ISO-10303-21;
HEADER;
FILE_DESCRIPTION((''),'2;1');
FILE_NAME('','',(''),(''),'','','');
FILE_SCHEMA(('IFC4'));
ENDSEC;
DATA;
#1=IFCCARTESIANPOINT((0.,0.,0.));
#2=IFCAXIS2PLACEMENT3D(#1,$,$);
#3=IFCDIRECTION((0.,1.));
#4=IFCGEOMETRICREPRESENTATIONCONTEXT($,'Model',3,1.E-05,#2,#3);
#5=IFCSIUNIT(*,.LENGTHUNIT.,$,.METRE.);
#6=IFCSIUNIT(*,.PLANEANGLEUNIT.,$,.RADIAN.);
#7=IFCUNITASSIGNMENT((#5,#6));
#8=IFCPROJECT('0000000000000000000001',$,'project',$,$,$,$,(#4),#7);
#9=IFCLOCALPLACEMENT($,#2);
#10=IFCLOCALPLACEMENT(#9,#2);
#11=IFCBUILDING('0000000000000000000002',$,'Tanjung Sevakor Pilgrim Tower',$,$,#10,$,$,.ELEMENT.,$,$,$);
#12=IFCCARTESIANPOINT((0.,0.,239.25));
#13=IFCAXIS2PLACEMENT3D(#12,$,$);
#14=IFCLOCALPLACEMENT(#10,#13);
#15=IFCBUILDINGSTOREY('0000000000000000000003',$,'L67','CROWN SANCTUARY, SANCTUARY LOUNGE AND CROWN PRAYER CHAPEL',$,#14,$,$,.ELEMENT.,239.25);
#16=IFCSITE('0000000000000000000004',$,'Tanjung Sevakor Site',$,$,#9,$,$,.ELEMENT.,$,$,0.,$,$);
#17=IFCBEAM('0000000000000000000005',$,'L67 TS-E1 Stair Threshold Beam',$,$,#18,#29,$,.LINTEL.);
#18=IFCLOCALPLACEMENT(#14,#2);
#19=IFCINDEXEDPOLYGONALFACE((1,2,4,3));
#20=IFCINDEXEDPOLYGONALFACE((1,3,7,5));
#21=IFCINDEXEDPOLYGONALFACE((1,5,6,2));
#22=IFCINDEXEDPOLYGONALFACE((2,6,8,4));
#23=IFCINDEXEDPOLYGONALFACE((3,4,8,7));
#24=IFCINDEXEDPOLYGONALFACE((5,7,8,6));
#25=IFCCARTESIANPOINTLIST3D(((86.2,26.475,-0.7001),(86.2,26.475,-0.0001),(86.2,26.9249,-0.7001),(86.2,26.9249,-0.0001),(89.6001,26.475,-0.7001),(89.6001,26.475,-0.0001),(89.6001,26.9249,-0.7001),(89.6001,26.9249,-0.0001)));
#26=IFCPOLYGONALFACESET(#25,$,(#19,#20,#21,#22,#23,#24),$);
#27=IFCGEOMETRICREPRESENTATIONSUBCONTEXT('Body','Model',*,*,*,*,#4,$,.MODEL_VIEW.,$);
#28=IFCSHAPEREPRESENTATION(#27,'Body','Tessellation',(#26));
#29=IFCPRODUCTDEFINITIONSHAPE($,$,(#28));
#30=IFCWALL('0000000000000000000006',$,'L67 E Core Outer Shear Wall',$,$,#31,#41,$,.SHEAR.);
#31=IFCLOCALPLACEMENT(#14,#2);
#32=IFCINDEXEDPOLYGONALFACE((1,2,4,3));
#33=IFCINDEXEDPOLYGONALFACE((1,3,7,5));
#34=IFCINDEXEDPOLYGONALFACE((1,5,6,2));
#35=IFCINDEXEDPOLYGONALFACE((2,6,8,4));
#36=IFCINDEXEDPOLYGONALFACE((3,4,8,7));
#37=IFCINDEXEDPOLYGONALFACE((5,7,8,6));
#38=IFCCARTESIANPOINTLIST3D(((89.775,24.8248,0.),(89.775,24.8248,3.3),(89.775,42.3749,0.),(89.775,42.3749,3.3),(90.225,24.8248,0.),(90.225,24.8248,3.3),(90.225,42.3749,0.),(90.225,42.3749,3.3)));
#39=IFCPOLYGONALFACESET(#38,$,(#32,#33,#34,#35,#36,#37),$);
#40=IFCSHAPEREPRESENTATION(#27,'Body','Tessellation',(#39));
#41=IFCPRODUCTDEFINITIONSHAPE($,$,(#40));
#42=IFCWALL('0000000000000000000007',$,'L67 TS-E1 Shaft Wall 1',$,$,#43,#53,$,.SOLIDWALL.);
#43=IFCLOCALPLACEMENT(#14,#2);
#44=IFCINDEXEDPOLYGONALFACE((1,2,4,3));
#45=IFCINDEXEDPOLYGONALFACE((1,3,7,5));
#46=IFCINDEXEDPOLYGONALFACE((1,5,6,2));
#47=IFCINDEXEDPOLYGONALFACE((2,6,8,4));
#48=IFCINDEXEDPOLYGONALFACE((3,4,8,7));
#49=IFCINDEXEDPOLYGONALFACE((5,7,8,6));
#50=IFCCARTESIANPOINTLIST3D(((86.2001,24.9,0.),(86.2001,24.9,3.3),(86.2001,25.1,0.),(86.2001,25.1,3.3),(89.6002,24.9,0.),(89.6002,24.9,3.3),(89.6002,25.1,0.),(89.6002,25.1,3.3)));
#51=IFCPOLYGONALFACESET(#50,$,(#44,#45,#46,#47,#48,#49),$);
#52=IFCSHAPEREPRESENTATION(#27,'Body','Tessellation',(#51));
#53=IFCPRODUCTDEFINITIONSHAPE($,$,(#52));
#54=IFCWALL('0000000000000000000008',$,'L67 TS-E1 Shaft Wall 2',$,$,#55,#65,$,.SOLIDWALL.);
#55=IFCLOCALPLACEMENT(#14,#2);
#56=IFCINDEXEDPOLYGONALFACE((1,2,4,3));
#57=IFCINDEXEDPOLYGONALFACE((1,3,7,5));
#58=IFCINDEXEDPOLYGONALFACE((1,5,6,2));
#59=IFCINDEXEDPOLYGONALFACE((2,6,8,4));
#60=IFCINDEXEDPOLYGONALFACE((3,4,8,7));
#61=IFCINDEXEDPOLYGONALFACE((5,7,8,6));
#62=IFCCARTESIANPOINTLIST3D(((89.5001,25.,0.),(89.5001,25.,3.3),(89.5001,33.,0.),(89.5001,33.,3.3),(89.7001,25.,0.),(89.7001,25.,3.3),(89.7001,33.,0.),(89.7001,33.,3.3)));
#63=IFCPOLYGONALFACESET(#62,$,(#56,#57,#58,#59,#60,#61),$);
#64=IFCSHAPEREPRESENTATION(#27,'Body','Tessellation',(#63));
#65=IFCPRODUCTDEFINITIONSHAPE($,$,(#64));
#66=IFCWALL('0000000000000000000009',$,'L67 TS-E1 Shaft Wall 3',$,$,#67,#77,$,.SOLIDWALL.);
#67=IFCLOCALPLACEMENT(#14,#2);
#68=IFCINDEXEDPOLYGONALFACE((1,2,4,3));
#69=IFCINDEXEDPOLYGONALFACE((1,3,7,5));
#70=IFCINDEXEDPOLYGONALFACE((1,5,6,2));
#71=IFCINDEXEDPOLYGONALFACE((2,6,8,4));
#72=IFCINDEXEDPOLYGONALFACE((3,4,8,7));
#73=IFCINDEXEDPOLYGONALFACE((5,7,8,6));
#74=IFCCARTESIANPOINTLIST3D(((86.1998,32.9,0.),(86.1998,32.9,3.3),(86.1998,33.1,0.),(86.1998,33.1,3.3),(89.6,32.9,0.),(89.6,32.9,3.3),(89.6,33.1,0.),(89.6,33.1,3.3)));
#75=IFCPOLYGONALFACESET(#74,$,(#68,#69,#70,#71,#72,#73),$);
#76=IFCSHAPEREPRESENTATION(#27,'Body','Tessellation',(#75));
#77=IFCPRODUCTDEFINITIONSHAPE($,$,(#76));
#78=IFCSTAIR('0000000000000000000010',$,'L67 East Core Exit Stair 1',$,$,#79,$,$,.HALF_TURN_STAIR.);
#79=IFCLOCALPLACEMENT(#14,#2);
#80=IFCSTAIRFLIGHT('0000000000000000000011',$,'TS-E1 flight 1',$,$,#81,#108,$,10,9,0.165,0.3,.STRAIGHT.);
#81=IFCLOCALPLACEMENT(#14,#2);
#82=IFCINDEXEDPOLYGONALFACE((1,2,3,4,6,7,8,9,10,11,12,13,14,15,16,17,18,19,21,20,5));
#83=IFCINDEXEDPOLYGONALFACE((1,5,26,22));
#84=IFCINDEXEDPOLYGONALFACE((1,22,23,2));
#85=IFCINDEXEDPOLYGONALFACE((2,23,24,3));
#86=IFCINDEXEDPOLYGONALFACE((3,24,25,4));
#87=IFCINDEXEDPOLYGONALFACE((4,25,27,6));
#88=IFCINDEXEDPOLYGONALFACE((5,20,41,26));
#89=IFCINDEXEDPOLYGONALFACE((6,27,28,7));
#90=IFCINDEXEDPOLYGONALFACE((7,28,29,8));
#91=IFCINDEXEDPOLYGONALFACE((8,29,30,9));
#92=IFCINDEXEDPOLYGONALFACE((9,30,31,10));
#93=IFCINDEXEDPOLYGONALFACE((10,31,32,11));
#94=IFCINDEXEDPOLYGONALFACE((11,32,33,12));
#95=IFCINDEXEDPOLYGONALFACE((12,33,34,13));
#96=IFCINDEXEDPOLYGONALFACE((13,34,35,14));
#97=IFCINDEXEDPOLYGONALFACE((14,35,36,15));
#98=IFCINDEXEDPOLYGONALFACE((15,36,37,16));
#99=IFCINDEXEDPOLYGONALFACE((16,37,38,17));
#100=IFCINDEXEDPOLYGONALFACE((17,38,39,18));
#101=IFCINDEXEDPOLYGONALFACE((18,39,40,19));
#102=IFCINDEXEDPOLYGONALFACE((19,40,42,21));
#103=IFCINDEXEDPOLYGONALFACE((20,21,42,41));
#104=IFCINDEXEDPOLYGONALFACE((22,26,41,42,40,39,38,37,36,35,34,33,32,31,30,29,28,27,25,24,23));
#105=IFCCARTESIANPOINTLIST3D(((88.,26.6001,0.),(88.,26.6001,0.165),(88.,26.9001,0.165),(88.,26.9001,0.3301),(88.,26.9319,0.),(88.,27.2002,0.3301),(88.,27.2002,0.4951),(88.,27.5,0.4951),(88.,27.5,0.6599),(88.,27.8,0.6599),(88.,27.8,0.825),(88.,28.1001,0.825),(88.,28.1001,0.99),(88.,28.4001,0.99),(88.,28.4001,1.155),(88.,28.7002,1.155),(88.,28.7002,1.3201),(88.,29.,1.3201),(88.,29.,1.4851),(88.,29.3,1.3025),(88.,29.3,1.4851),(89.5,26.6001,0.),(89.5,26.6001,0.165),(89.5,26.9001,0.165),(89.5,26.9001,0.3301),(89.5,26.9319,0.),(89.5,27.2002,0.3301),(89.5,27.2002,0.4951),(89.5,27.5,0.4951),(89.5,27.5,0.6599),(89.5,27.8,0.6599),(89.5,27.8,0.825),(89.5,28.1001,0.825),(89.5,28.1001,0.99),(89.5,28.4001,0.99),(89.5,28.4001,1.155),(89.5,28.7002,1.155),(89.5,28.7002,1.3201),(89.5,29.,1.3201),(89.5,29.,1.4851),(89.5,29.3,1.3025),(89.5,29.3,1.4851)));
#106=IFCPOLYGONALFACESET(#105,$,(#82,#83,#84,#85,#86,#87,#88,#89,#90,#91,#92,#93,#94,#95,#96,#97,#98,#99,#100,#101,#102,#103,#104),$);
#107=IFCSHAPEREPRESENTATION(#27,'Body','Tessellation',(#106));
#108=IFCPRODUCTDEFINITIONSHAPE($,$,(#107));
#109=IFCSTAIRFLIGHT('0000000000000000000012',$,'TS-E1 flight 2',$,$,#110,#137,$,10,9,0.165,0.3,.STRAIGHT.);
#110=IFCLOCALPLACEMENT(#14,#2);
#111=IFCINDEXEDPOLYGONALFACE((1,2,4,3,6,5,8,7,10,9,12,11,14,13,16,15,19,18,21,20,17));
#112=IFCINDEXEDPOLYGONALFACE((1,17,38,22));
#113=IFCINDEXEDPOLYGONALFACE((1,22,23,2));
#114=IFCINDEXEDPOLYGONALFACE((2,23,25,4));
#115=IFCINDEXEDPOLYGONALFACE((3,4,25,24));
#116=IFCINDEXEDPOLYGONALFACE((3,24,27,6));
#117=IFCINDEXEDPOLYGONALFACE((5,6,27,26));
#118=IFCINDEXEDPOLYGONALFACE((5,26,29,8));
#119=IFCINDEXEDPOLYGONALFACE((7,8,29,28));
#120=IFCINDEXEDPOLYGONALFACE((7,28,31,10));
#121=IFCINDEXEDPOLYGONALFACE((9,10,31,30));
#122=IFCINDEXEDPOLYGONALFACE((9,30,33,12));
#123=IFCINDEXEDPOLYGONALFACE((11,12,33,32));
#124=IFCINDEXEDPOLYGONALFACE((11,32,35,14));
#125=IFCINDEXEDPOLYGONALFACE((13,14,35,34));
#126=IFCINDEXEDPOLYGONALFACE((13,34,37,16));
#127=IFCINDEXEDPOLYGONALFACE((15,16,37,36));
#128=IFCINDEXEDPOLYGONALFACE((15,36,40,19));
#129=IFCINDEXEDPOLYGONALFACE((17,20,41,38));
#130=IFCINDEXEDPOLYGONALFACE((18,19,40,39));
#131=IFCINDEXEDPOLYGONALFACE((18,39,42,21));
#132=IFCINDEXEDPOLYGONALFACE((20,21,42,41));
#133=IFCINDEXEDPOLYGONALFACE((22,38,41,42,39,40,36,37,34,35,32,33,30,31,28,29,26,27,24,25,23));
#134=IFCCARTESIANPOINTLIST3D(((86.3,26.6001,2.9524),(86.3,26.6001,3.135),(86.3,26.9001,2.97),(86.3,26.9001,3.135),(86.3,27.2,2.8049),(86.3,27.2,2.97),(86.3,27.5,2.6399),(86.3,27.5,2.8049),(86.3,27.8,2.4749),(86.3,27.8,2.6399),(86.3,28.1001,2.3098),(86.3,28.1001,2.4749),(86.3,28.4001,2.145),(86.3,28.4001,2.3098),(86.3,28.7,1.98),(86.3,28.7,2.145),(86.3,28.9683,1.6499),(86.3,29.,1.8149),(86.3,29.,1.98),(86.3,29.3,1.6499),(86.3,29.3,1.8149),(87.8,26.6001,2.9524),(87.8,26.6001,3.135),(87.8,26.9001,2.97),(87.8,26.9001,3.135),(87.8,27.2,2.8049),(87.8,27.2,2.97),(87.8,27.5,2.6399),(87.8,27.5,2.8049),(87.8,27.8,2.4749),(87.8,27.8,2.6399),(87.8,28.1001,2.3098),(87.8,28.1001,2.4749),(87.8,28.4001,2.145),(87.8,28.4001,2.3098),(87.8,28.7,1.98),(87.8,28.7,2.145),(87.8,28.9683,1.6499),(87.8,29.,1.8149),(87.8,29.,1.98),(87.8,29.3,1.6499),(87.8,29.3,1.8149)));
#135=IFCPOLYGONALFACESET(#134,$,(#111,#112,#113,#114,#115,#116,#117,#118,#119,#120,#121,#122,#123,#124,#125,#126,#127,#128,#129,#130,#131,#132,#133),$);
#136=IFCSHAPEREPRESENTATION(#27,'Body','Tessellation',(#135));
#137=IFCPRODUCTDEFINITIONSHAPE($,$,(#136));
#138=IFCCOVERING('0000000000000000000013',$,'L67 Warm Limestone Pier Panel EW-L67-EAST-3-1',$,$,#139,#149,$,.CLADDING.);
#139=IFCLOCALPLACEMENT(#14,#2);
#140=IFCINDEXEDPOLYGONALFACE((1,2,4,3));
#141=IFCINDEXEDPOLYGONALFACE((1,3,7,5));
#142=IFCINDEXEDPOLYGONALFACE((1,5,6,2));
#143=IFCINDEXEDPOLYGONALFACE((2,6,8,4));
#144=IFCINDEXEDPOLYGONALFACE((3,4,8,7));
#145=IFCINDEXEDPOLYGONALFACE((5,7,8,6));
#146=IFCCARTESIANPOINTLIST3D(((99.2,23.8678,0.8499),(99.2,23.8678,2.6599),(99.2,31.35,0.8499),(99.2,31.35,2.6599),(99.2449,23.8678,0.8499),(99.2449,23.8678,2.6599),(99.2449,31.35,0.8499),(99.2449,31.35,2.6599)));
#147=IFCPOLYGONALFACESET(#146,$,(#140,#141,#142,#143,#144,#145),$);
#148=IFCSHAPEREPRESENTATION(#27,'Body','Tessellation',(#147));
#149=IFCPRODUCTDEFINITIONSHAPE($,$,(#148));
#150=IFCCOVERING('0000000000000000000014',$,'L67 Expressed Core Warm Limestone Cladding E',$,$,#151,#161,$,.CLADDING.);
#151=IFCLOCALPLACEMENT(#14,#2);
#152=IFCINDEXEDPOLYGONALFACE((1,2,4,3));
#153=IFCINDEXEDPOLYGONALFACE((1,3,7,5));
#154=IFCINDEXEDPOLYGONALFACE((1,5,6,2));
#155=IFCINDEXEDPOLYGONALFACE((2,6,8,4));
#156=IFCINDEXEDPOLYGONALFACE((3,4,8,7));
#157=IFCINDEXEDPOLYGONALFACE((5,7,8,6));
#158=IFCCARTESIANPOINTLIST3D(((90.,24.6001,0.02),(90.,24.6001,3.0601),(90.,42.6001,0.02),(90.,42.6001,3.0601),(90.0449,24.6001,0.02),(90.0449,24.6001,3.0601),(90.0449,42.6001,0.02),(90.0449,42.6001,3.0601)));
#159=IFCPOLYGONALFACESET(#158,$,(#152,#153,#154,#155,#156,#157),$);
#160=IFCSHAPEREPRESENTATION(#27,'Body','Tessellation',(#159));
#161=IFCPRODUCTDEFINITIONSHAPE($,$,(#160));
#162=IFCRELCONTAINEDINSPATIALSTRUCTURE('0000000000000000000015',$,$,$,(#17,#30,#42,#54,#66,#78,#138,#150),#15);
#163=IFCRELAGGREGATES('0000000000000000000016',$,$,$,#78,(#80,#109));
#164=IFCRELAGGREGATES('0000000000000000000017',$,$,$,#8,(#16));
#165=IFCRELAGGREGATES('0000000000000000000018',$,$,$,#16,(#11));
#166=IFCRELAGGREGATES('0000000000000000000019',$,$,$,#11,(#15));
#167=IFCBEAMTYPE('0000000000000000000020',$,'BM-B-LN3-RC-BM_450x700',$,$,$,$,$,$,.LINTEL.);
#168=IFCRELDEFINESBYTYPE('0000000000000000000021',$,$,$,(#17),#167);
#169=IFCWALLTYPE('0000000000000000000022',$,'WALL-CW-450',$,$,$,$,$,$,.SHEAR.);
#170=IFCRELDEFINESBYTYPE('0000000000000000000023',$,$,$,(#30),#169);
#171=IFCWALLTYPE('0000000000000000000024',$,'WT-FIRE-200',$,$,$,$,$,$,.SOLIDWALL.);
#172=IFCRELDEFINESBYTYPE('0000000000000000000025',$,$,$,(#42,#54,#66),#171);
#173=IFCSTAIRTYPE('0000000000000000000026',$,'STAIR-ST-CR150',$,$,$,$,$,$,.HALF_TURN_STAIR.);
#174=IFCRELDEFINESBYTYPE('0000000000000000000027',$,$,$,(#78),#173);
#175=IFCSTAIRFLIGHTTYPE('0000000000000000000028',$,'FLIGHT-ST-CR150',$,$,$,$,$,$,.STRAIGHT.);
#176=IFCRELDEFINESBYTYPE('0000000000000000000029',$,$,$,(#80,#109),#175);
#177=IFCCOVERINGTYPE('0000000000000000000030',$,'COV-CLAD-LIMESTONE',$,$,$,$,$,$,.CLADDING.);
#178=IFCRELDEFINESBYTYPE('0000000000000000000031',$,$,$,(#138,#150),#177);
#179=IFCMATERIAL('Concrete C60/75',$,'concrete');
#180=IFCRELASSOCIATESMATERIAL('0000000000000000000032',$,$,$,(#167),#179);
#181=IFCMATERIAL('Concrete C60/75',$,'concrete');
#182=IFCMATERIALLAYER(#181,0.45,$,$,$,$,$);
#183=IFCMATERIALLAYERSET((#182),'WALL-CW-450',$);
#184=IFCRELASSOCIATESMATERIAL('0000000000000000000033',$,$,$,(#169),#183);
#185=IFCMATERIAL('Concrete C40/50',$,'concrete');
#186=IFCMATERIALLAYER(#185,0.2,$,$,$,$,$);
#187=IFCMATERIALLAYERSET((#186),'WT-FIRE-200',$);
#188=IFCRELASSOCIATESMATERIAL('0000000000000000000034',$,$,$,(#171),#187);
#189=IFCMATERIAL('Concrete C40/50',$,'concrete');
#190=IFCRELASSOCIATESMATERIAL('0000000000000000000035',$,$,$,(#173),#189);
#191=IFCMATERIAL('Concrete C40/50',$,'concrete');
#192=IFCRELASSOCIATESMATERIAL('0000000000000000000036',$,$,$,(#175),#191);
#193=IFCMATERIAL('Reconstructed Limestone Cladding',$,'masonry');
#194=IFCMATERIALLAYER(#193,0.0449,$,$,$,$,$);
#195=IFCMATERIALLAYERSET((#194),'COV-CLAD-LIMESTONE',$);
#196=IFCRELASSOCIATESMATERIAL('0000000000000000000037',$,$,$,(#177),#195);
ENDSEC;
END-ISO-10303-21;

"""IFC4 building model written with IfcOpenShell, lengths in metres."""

from ifc_helpers import new_model, si_unit, direction, frame, frame_2d, origin, origin_2d, place, context, subcontext, project, spatial, polyline, rectangle, outline, extrude, material, layer, layer_set, material_profile, profile_set, type_object, element, aggregate, save


model = new_model("IFC4")

# Units and contexts
model_context = context("Model", 3, precision=1e-05, world=origin(), true_north=direction((0.0, 1.0)))
body_context = subcontext(model_context, "Body", "Model", "MODEL_VIEW")
ifc_project = project(units=[si_unit("LENGTHUNIT", "METRE"), si_unit("PLANEANGLEUNIT", "RADIAN")], contexts=[model_context])

# Site, building, storey
site_placement = place(None, origin())
site = spatial("IfcSite", under=ifc_project, at=site_placement, Name="Tanjung Sevakor Site", CompositionType="ELEMENT", RefElevation=0.0)
building_placement = place(site_placement, origin())
building = spatial("IfcBuilding", under=site, at=building_placement, Name="Tanjung Sevakor Pilgrim Tower", CompositionType="ELEMENT")
storey_placement = place(building_placement, frame((0.0, 0.0, 239.25)))
storey = spatial("IfcBuildingStorey", under=building, at=storey_placement, Name="L67", Description="CROWN SANCTUARY, SANCTUARY LOUNGE AND CROWN PRAYER CHAPEL", CompositionType="ELEMENT", Elevation=239.25)

# Beam
ifc_material_1 = material(Name="Concrete C60/75", Category="concrete")
ifc_material_profile = material_profile(ifc_material_1, rectangle(XDim=0.45, YDim=0.7, at=origin_2d()))
ifc_profile_set = profile_set([ifc_material_profile], Name="Concrete C60/75")
beam_type = type_object("IfcBeamType", Name="BM-B-LN3-RC-BM_450x700", PredefinedType="LINTEL", material=ifc_profile_set)
beam_placement = place(storey_placement, frame((86.2, 26.7, -0.3501), z_axis=(1.0, 0.0, 0.0), x_axis=(0.0, 1.0, 0.0)))
element("IfcBeam", 1, at=beam_placement, inside=storey, type_object=beam_type, Name="L67 TS-E1 Stair Threshold Beam", PredefinedType="LINTEL", context=body_context, shape_type="SweptSolid", body=[
    extrude(rectangle(XDim=0.45, YDim=0.7, at=origin_2d()), origin(), (0.0, 0.0, 1.0), 3.4001),
])

# Wall
ifc_material_2 = material(Name="Concrete C60/75", Category="concrete")
ifc_layer_1 = layer(ifc_material_2, 0.45)
ifc_layer_set_1 = layer_set([ifc_layer_1], Name="WALL-CW-450")
wall_type_1 = type_object("IfcWallType", Name="WALL-CW-450", PredefinedType="SHEAR", material=ifc_layer_set_1)
wall_1_placement = place(storey_placement, frame((90.0, 24.825, 0.0), z_axis=(0.0, 0.0, 1.0), x_axis=(0.0, 1.0, 0.0)))
element("IfcWall", 2, at=wall_1_placement, inside=storey, type_object=wall_type_1, Name="L67 E Core Outer Shear Wall", PredefinedType="SHEAR", context=body_context, shape_type="SweptSolid", body=[
    extrude(rectangle(XDim=17.55, YDim=0.45, at=frame_2d((8.7749, 0.0))), origin(), (0.0, 0.0, 1.0), 3.3),
])

# Walls
ifc_material_3 = material(Name="Concrete C40/50", Category="concrete")
ifc_layer_2 = layer(ifc_material_3, 0.2)
ifc_layer_set_2 = layer_set([ifc_layer_2], Name="WT-FIRE-200")
wall_type_2 = type_object("IfcWallType", Name="WT-FIRE-200", PredefinedType="SOLIDWALL", material=ifc_layer_set_2)
wall_2_placement = place(storey_placement, frame((86.2, 25.0, 0.0), z_axis=(0.0, 0.0, 1.0), x_axis=(1.0, 0.0, 0.0)))
element("IfcWall", 3, at=wall_2_placement, inside=storey, type_object=wall_type_2, Name="L67 TS-E1 Shaft Wall 1", PredefinedType="SOLIDWALL", context=body_context, shape_type="SweptSolid", body=[
    extrude(rectangle(XDim=3.4001, YDim=0.2, at=frame_2d((1.7002, 0.0))), origin(), (0.0, 0.0, 1.0), 3.3),
])
wall_3_placement = place(storey_placement, frame((89.6001, 25.0, 0.0), z_axis=(0.0, 0.0, 1.0), x_axis=(0.0, 1.0, 0.0)))
element("IfcWall", 4, at=wall_3_placement, inside=storey, type_object=wall_type_2, Name="L67 TS-E1 Shaft Wall 2", PredefinedType="SOLIDWALL", context=body_context, shape_type="SweptSolid", body=[
    extrude(rectangle(XDim=8.0, YDim=0.2, at=frame_2d((4.0, 0.0))), origin(), (0.0, 0.0, 1.0), 3.3),
])
wall_4_placement = place(storey_placement, frame((89.6001, 33.0, 0.0), z_axis=(0.0, 0.0, 1.0), x_axis=(-1.0, 0.0, 0.0)))
element("IfcWall", 5, at=wall_4_placement, inside=storey, type_object=wall_type_2, Name="L67 TS-E1 Shaft Wall 3", PredefinedType="SOLIDWALL", context=body_context, shape_type="SweptSolid", body=[
    extrude(rectangle(XDim=3.4001, YDim=0.2, at=frame_2d((1.7002, 0.0))), origin(), (0.0, 0.0, 1.0), 3.3),
])

# Stair, stair flights
ifc_material_4 = material(Name="Concrete C40/50", Category="concrete")
stair_type = type_object("IfcStairType", Name="STAIR-ST-CR150", PredefinedType="HALF_TURN_STAIR", material=ifc_material_4)
stair_placement = place(storey_placement, origin())
stair = element("IfcStair", 6, at=stair_placement, inside=storey, type_object=stair_type, Name="L67 East Core Exit Stair 1", PredefinedType="HALF_TURN_STAIR")
ifc_material_5 = material(Name="Concrete C40/50", Category="concrete")
stair_flight_type = type_object("IfcStairFlightType", Name="FLIGHT-ST-CR150", PredefinedType="STRAIGHT", material=ifc_material_5)
stair_flight_1_placement = place(storey_placement, frame((88.75, 26.6001, 0.0), z_axis=(0.0, 0.0, 1.0), x_axis=(0.0, 1.0, 0.0)))
stair_flight_1 = element("IfcStairFlight", 7, at=stair_flight_1_placement, type_object=stair_flight_type, Name="TS-E1 flight 1", NumberOfRisers=10, NumberOfTreads=9, PredefinedType="STRAIGHT", RiserHeight=0.165, TreadLength=0.3, context=body_context, shape_type="SweptSolid", body=[
    extrude(outline(polyline([(0.0, 0.0), (0.0, 0.165), (0.3, 0.165), (0.3, 0.3301), (0.6001, 0.3301), (0.6001, 0.4951), (0.8999, 0.4951), (0.8999, 0.6599), (1.2, 0.6599), (1.2, 0.825), (1.5, 0.825), (1.5, 0.99), (1.8, 0.99), (1.8, 1.155), (2.1001, 1.155), (2.1001, 1.3201), (2.3999, 1.3201), (2.3999, 1.4851), (2.7, 1.4851), (2.7, 1.6499), (2.7, 1.3025), (0.3318, 0.0), (0.0, 0.0)])), frame((0.0, 0.75, 0.0), z_axis=(0.0, -1.0, 0.0), x_axis=(1.0, 0.0, 0.0)), (0.0, 0.0, 1.0), 1.5),
])
stair_flight_2_placement = place(storey_placement, frame((87.05, 29.3, 1.6499), z_axis=(0.0, 0.0, 1.0), x_axis=(0.0, -1.0, 0.0)))
stair_flight_2 = element("IfcStairFlight", 8, at=stair_flight_2_placement, type_object=stair_flight_type, Name="TS-E1 flight 2", NumberOfRisers=10, NumberOfTreads=9, PredefinedType="STRAIGHT", RiserHeight=0.165, TreadLength=0.3, context=body_context, shape_type="SweptSolid", body=[
    extrude(outline(polyline([(0.0, 0.0), (0.0, 0.165), (0.3, 0.165), (0.3, 0.3301), (0.6001, 0.3301), (0.6001, 0.4951), (0.8999, 0.4951), (0.8999, 0.6599), (1.2, 0.6599), (1.2, 0.825), (1.5, 0.825), (1.5, 0.99), (1.8, 0.99), (1.8, 1.155), (2.1001, 1.155), (2.1001, 1.3201), (2.3999, 1.3201), (2.3999, 1.4851), (2.7, 1.4851), (2.7, 1.6499), (2.7, 1.3025), (0.3318, 0.0), (0.0, 0.0)])), frame((0.0, 0.75, 0.0), z_axis=(0.0, -1.0, 0.0), x_axis=(1.0, 0.0, 0.0)), (0.0, 0.0, 1.0), 1.5),
])
aggregate(stair, [stair_flight_1, stair_flight_2])

# Coverings
ifc_material_6 = material(Name="Reconstructed Limestone Cladding", Category="masonry")
ifc_layer_3 = layer(ifc_material_6, 0.0449)
ifc_layer_set_3 = layer_set([ifc_layer_3], Name="COV-CLAD-LIMESTONE")
covering_type = type_object("IfcCoveringType", Name="COV-CLAD-LIMESTONE", PredefinedType="CLADDING", material=ifc_layer_set_3)
covering_1_placement = place(storey_placement, frame((99.2224, 27.6089, 0.8499), z_axis=(0.0, 0.0, 1.0), x_axis=(0.0, 1.0, 0.0)))
element("IfcCovering", 9, at=covering_1_placement, inside=storey, type_object=covering_type, Name="L67 Warm Limestone Pier Panel EW-L67-EAST-3-1", PredefinedType="CLADDING", context=body_context, shape_type="SweptSolid", body=[
    extrude(rectangle(XDim=7.4822, YDim=0.0449, at=origin_2d()), origin(), (0.0, 0.0, 1.0), 1.8101),
])
covering_2_placement = place(storey_placement, frame((90.0225, 33.6001, 0.02), z_axis=(0.0, 0.0, 1.0), x_axis=(1.0, 0.0, 0.0)))
element("IfcCovering", 10, at=covering_2_placement, inside=storey, type_object=covering_type, Name="L67 Expressed Core Warm Limestone Cladding E", PredefinedType="CLADDING", context=body_context, shape_type="SweptSolid", body=[
    extrude(rectangle(XDim=0.0449, YDim=18.0, at=origin_2d()), origin(), (0.0, 0.0, 1.0), 3.04),
])

save(model, "model.ifc")
